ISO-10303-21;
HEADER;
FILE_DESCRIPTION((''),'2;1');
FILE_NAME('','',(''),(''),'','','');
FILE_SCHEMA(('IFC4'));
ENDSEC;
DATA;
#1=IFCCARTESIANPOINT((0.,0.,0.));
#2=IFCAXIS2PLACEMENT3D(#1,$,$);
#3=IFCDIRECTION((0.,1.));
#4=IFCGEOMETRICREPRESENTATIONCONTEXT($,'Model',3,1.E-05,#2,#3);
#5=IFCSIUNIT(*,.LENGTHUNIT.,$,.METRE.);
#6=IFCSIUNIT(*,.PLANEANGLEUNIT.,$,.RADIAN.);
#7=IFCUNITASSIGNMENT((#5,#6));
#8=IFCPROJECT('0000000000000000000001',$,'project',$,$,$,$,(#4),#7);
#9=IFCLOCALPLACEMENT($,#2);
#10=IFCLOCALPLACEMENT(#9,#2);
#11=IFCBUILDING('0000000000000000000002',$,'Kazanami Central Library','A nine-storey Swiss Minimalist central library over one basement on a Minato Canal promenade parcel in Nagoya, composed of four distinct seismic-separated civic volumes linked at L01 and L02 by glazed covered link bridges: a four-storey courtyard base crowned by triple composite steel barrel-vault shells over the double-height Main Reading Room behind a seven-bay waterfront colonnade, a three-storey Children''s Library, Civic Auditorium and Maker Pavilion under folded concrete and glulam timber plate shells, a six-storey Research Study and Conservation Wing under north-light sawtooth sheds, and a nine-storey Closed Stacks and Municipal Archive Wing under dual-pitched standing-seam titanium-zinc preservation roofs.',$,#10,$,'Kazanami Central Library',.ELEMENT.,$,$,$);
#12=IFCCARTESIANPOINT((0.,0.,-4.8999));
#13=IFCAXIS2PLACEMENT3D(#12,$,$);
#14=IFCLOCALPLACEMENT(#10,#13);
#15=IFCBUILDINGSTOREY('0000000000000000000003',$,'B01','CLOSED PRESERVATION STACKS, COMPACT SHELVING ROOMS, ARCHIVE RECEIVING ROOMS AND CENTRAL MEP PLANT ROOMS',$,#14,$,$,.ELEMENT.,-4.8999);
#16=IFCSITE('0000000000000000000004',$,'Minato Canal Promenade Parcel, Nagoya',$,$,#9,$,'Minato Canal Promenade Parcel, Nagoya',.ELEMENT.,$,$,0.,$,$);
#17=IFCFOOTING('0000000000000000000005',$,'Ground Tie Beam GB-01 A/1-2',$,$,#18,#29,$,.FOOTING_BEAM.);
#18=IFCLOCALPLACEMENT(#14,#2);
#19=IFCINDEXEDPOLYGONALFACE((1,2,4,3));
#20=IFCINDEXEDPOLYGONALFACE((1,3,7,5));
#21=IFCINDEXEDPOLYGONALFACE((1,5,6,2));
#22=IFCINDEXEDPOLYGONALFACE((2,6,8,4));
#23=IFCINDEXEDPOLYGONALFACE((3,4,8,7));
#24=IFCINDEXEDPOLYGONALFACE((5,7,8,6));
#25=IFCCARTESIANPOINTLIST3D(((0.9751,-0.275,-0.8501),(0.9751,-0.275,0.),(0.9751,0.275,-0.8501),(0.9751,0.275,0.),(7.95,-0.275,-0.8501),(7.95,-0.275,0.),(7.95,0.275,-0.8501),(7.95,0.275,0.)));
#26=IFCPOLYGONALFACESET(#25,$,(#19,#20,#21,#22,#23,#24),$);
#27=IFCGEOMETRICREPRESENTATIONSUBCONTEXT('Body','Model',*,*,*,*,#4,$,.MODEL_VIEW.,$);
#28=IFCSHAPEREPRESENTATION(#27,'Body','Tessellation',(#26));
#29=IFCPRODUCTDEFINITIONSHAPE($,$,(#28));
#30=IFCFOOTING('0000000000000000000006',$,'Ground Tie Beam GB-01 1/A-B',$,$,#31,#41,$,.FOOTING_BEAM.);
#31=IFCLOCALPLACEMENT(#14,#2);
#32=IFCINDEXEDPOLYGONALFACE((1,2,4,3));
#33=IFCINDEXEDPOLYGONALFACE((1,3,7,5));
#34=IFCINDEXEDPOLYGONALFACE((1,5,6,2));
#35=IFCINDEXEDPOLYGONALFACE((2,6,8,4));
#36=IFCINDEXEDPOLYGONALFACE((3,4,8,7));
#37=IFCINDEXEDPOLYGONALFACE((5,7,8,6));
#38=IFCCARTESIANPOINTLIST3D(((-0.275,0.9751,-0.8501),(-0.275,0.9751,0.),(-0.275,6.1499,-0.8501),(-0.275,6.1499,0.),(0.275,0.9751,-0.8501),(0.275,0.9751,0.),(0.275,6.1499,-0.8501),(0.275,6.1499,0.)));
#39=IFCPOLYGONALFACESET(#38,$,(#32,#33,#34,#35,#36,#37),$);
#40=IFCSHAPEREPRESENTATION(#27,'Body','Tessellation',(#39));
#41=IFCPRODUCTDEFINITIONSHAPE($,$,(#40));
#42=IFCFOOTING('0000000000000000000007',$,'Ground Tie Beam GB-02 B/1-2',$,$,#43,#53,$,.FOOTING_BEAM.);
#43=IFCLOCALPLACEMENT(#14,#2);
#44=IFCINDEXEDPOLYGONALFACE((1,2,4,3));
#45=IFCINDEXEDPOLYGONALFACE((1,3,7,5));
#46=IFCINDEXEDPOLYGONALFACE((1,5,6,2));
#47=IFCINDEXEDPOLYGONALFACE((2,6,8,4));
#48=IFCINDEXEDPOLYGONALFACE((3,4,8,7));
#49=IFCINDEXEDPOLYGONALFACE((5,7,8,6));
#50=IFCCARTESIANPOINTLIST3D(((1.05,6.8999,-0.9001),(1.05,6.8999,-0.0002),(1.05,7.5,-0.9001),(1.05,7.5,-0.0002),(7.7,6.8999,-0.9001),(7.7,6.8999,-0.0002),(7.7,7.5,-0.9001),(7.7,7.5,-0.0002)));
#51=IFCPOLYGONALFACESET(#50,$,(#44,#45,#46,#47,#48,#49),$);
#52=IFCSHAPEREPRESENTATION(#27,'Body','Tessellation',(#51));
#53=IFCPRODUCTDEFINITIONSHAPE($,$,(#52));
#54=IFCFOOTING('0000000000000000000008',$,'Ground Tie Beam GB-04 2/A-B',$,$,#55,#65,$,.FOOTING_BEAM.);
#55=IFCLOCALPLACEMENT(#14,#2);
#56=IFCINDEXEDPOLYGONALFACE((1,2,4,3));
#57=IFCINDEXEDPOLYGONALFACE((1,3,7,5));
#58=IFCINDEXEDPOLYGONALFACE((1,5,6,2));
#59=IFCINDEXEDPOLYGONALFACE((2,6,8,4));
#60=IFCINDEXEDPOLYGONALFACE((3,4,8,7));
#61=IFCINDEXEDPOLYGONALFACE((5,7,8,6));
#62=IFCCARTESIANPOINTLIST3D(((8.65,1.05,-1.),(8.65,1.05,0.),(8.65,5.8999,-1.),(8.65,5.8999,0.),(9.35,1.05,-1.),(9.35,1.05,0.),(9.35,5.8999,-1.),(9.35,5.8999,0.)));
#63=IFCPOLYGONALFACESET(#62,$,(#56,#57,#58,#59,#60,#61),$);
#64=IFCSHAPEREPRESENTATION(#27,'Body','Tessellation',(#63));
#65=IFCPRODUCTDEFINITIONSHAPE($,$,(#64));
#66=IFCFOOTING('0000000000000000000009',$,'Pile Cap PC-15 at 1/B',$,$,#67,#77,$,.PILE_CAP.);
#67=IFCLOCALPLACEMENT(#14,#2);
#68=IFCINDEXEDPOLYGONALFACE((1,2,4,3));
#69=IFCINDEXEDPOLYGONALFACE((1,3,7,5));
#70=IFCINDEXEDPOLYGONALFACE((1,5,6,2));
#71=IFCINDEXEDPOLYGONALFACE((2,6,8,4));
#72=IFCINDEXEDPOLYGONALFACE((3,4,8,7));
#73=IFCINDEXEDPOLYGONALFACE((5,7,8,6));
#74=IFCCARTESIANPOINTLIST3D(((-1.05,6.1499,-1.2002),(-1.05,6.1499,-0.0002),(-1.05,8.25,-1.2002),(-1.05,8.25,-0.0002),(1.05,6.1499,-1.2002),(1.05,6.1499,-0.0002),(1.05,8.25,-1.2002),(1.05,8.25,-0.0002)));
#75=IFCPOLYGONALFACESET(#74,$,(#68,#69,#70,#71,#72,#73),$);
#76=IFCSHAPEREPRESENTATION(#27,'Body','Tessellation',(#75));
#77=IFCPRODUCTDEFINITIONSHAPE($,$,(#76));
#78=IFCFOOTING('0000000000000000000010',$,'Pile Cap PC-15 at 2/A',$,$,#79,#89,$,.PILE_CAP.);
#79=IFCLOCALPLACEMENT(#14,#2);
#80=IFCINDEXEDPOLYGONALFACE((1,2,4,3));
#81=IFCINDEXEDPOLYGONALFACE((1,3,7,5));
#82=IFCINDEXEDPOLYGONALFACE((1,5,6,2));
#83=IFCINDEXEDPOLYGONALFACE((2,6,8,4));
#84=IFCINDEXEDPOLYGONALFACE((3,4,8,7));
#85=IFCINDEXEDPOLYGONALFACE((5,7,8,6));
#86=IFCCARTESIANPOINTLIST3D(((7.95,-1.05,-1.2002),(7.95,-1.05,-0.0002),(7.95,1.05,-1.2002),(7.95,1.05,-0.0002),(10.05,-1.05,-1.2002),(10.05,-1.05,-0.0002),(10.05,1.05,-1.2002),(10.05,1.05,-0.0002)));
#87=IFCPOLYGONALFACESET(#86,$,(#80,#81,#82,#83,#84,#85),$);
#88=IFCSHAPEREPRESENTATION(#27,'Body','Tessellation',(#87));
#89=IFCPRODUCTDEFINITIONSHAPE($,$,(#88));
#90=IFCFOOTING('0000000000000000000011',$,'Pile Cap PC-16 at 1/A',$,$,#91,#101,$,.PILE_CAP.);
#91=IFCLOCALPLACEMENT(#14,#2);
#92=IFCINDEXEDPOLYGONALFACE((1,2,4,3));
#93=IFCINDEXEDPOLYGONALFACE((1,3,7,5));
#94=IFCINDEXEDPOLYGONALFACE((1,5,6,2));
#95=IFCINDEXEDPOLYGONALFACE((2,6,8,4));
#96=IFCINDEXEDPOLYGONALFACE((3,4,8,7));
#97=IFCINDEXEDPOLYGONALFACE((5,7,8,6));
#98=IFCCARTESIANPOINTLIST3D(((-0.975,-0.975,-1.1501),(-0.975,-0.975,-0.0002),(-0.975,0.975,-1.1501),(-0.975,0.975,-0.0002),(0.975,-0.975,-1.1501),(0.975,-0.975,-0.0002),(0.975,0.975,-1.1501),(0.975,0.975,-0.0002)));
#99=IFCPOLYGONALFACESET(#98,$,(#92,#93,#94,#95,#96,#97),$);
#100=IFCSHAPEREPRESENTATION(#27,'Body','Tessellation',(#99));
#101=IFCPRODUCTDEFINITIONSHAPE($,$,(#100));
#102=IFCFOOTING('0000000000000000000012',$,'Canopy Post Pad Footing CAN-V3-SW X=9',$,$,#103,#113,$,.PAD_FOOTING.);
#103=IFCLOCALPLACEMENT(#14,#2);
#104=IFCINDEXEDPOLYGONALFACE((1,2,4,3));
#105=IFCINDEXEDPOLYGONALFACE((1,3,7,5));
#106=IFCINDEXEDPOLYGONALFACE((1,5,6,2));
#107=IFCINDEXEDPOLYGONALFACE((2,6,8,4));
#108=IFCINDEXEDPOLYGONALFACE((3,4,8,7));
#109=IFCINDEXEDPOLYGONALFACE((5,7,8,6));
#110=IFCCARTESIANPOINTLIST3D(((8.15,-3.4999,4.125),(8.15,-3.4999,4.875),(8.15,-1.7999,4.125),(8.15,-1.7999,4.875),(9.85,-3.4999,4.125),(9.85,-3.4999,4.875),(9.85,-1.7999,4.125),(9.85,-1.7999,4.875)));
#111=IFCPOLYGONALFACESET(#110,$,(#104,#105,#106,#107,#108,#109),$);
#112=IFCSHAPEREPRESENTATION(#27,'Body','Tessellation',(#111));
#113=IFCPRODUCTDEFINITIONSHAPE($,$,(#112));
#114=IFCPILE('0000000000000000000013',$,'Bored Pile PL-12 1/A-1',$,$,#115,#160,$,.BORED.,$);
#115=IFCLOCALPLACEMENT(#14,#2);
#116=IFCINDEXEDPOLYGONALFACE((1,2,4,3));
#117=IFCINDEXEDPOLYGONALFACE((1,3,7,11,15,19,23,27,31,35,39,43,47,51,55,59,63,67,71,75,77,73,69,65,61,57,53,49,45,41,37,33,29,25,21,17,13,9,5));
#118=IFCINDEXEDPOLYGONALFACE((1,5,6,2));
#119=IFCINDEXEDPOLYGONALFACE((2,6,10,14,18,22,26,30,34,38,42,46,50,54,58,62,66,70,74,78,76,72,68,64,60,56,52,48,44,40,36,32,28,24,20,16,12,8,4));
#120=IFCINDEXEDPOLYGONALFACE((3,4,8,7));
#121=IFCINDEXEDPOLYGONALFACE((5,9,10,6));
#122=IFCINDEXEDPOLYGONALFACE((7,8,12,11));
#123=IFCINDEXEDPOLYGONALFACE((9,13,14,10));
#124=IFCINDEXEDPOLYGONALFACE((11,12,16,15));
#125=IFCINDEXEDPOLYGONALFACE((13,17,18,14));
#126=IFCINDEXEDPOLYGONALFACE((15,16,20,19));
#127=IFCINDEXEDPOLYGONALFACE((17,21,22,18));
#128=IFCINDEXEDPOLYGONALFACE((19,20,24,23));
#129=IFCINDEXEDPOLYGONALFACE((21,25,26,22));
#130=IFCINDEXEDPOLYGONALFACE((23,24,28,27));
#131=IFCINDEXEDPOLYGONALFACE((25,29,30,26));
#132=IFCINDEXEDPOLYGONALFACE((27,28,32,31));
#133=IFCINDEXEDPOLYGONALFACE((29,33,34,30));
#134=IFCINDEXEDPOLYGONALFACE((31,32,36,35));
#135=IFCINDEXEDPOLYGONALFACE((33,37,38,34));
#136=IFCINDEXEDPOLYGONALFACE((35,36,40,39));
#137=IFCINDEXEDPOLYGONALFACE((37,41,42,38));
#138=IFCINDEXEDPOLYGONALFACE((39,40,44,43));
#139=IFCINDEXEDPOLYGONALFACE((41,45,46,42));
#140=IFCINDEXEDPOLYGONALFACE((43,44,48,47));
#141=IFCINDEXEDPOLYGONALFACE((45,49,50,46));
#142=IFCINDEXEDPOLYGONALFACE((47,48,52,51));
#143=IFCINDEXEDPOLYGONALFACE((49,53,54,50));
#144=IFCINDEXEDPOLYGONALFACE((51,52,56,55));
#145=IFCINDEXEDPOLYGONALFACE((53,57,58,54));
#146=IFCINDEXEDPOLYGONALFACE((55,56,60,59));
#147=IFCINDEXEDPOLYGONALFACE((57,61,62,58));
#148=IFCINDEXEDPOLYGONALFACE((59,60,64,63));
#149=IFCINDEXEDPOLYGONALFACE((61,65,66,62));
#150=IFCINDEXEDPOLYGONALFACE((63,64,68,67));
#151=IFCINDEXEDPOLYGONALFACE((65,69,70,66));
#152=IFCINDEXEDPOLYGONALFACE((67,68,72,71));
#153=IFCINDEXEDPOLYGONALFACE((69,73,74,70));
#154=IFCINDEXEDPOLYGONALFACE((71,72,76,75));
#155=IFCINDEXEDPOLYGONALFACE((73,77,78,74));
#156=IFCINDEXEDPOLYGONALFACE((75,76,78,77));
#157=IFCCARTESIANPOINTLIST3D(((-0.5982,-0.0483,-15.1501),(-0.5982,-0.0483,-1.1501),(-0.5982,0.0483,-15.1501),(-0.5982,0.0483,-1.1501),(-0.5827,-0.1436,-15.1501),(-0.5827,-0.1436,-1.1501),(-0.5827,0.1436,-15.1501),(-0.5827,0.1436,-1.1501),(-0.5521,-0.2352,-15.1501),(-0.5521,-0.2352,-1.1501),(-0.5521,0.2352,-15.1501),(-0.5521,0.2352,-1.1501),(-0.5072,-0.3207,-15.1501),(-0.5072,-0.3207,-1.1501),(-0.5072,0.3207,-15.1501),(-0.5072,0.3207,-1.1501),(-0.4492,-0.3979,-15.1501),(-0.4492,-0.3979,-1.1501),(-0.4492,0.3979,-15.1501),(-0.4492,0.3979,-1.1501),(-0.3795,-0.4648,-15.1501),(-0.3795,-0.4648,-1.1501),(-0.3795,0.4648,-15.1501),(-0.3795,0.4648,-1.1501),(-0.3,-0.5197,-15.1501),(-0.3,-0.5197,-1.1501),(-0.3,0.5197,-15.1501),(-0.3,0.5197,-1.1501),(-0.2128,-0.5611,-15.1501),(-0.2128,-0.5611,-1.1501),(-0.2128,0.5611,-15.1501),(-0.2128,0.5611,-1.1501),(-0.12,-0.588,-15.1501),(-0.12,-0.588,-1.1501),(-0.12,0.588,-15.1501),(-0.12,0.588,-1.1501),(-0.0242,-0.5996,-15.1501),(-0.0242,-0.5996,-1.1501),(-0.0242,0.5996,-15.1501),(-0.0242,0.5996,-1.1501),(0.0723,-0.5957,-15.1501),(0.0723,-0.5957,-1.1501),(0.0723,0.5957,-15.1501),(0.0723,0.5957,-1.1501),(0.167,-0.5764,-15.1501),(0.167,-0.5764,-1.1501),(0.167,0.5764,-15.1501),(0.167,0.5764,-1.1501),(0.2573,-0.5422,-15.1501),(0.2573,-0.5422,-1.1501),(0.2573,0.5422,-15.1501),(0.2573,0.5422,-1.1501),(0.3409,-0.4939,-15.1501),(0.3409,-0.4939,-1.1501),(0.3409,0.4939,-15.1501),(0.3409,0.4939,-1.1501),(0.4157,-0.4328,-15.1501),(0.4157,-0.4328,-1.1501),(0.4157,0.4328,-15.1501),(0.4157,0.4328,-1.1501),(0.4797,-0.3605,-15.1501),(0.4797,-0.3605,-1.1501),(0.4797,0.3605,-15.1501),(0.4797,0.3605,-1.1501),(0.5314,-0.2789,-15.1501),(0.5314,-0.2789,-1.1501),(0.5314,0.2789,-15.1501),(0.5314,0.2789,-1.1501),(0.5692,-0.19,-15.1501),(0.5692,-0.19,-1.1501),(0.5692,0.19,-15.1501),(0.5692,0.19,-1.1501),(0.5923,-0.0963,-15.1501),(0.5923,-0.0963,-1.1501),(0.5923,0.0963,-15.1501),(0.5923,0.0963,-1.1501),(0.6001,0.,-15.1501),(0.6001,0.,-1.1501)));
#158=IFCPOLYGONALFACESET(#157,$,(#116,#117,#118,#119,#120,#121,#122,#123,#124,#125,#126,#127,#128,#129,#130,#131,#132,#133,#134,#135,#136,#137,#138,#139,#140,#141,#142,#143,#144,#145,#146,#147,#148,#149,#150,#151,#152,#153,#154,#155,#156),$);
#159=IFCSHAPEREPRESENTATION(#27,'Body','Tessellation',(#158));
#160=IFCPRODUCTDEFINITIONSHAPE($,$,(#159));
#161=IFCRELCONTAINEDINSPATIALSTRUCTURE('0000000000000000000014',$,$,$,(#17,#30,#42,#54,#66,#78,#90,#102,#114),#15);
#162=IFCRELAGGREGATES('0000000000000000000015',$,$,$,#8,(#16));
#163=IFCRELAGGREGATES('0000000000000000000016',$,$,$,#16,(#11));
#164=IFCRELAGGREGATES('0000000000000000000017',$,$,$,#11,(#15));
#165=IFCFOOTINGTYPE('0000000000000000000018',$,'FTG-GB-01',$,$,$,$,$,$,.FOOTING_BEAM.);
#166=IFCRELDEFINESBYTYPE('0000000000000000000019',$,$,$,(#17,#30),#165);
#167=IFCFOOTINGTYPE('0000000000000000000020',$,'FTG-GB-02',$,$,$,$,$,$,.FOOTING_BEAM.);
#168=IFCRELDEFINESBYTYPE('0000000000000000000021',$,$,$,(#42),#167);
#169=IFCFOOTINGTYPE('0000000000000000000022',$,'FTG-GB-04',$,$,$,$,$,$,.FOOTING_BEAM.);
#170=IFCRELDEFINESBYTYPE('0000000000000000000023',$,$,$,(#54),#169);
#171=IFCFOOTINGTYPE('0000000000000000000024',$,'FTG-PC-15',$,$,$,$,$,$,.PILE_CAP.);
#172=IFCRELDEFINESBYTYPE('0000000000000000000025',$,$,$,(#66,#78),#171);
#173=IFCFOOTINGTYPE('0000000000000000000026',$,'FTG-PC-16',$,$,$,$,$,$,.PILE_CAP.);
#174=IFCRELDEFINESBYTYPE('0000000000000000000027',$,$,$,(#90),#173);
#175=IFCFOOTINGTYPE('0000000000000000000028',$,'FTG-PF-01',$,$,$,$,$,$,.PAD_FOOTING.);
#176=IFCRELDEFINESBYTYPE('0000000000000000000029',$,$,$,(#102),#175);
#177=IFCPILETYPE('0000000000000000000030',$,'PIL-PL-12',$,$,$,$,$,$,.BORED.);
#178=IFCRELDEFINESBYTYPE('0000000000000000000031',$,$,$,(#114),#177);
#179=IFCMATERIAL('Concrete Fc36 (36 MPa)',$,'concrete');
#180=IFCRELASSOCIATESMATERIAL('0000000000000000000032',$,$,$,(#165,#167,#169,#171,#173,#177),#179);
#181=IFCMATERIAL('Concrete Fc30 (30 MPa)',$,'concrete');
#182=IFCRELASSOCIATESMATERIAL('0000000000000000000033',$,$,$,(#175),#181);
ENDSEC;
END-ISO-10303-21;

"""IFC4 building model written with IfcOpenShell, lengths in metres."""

from ifc_helpers import new_model, si_unit, direction, frame, origin, origin_2d, place, context, subcontext, project, spatial, rectangle, circle, extrude, material, material_profile, profile_set, type_object, element, save


model = new_model("IFC4")

# Units and contexts
model_context = context("Model", 3, precision=1e-05, world=origin(), true_north=direction((0.0, 1.0)))
body_context = subcontext(model_context, "Body", "Model", "MODEL_VIEW")
ifc_project = project(units=[si_unit("LENGTHUNIT", "METRE"), si_unit("PLANEANGLEUNIT", "RADIAN")], contexts=[model_context])

# Site, building, storey
site_placement = place(None, origin())
site = spatial("IfcSite", under=ifc_project, at=site_placement, Name="Minato Canal Promenade Parcel, Nagoya", LongName="Minato Canal Promenade Parcel, Nagoya", CompositionType="ELEMENT", RefElevation=0.0)
building_placement = place(site_placement, origin())
building = spatial("IfcBuilding", under=site, at=building_placement, Name="Kazanami Central Library", Description="A nine-storey Swiss Minimalist central library over one basement on a Minato Canal promenade parcel in Nagoya, composed of four distinct seismic-separated civic volumes linked at L01 and L02 by glazed covered link bridges: a four-storey courtyard base crowned by triple composite steel barrel-vault shells over the double-height Main Reading Room behind a seven-bay waterfront colonnade, a three-storey Children's Library, Civic Auditorium and Maker Pavilion under folded concrete and glulam timber plate shells, a six-storey Research Study and Conservation Wing under north-light sawtooth sheds, and a nine-storey Closed Stacks and Municipal Archive Wing under dual-pitched standing-seam titanium-zinc preservation roofs.", LongName="Kazanami Central Library", CompositionType="ELEMENT")
storey_placement = place(building_placement, frame((0.0, 0.0, -4.8999)))
storey = spatial("IfcBuildingStorey", under=building, at=storey_placement, Name="B01", Description="CLOSED PRESERVATION STACKS, COMPACT SHELVING ROOMS, ARCHIVE RECEIVING ROOMS AND CENTRAL MEP PLANT ROOMS", CompositionType="ELEMENT", Elevation=-4.8999)

# Footings
ifc_material_1 = material(Name="Concrete Fc36 (36 MPa)", Category="concrete")
ifc_material_profile_1 = material_profile(ifc_material_1, rectangle(XDim=0.55, YDim=0.8501, at=origin_2d()), Name="RC-550x850")
ifc_profile_set_1 = profile_set([ifc_material_profile_1], Name="Concrete Fc36 (36 MPa)")
footing_type_1 = type_object("IfcFootingType", Name="FTG-GB-01", PredefinedType="FOOTING_BEAM", material=ifc_profile_set_1)
footing_1_placement = place(storey_placement, frame((0.9751, 0.0, -0.425), z_axis=(1.0, 0.0, 0.0), x_axis=(0.0, 1.0, 0.0)))
element("IfcFooting", 1, at=footing_1_placement, inside=storey, type_object=footing_type_1, Name="Ground Tie Beam GB-01 A/1-2", PredefinedType="FOOTING_BEAM", context=body_context, shape_type="SweptSolid", body=[
    extrude(rectangle(XDim=0.55, YDim=0.8501, at=origin_2d()), origin(), (0.0, 0.0, 1.0), 6.9749),
])
footing_2_placement = place(storey_placement, frame((0.0, 0.9751, -0.425), z_axis=(0.0, 1.0, 0.0), x_axis=(-1.0, 0.0, 0.0)))
element("IfcFooting", 2, at=footing_2_placement, inside=storey, type_object=footing_type_1, Name="Ground Tie Beam GB-01 1/A-B", PredefinedType="FOOTING_BEAM", context=body_context, shape_type="SweptSolid", body=[
    extrude(rectangle(XDim=0.55, YDim=0.8501, at=origin_2d()), origin(), (0.0, 0.0, 1.0), 5.1748),
])
ifc_material_profile_2 = material_profile(ifc_material_1, rectangle(XDim=0.6001, YDim=0.8999, at=origin_2d()), Name="RC-600x900")
ifc_profile_set_2 = profile_set([ifc_material_profile_2], Name="Concrete Fc36 (36 MPa)")
footing_type_2 = type_object("IfcFootingType", Name="FTG-GB-02", PredefinedType="FOOTING_BEAM", material=ifc_profile_set_2)
footing_3_placement = place(storey_placement, frame((1.05, 7.2, -0.4502), z_axis=(1.0, 0.0, 0.0), x_axis=(0.0, 1.0, 0.0)))
element("IfcFooting", 3, at=footing_3_placement, inside=storey, type_object=footing_type_2, Name="Ground Tie Beam GB-02 B/1-2", PredefinedType="FOOTING_BEAM", context=body_context, shape_type="SweptSolid", body=[
    extrude(rectangle(XDim=0.6001, YDim=0.8999, at=origin_2d()), origin(), (0.0, 0.0, 1.0), 6.6499),
])
ifc_material_profile_3 = material_profile(ifc_material_1, rectangle(XDim=0.7, YDim=1.0, at=origin_2d()), Name="RC-700x1000")
ifc_profile_set_3 = profile_set([ifc_material_profile_3], Name="Concrete Fc36 (36 MPa)")
footing_type_3 = type_object("IfcFootingType", Name="FTG-GB-04", PredefinedType="FOOTING_BEAM", material=ifc_profile_set_3)
footing_4_placement = place(storey_placement, frame((9.0, 1.05, -0.5), z_axis=(0.0, 1.0, 0.0), x_axis=(-1.0, 0.0, 0.0)))
element("IfcFooting", 4, at=footing_4_placement, inside=storey, type_object=footing_type_3, Name="Ground Tie Beam GB-04 2/A-B", PredefinedType="FOOTING_BEAM", context=body_context, shape_type="SweptSolid", body=[
    extrude(rectangle(XDim=0.7, YDim=1.0, at=origin_2d()), origin(), (0.0, 0.0, 1.0), 4.8499),
])
footing_type_4 = type_object("IfcFootingType", Name="FTG-PC-15", PredefinedType="PILE_CAP", material=ifc_material_1)
for number, where, z_axis, x_axis, name in (
    (5, (0.0, 7.2, -1.2002), (0.0, 0.0, 1.0), (1.0, 0.0, 0.0), "Pile Cap PC-15 at 1/B"),
    (6, (9.0, 0.0, -1.2002), (0.0, 0.0, 1.0), (1.0, 0.0, 0.0), "Pile Cap PC-15 at 2/A"),
):
    element("IfcFooting", number, at=place(storey_placement, frame(where, z_axis=z_axis, x_axis=x_axis)), inside=storey, type_object=footing_type_4, Name=name, PredefinedType="PILE_CAP", context=body_context, shape_type="SweptSolid", body=[
        extrude(rectangle(XDim=2.1001, YDim=2.1001, at=origin_2d()), origin(), (0.0, 0.0, 1.0), 1.2),
    ])
footing_type_5 = type_object("IfcFootingType", Name="FTG-PC-16", PredefinedType="PILE_CAP", material=ifc_material_1)
footing_5_placement = place(storey_placement, frame((0.0, 0.0, -1.1501), z_axis=(0.0, 0.0, 1.0), x_axis=(1.0, 0.0, 0.0)))
element("IfcFooting", 7, at=footing_5_placement, inside=storey, type_object=footing_type_5, Name="Pile Cap PC-16 at 1/A", PredefinedType="PILE_CAP", context=body_context, shape_type="SweptSolid", body=[
    extrude(rectangle(XDim=1.95, YDim=1.95, at=origin_2d()), origin(), (0.0, 0.0, 1.0), 1.1499),
])
ifc_material_2 = material(Name="Concrete Fc30 (30 MPa)", Category="concrete")
footing_type_6 = type_object("IfcFootingType", Name="FTG-PF-01", PredefinedType="PAD_FOOTING", material=ifc_material_2)
footing_6_placement = place(storey_placement, frame((9.0, -2.6499, 4.125), z_axis=(0.0, 0.0, 1.0), x_axis=(1.0, 0.0, 0.0)))
element("IfcFooting", 8, at=footing_6_placement, inside=storey, type_object=footing_type_6, Name="Canopy Post Pad Footing CAN-V3-SW X=9", PredefinedType="PAD_FOOTING", context=body_context, shape_type="SweptSolid", body=[
    extrude(rectangle(XDim=1.7, YDim=1.7, at=origin_2d()), origin(), (0.0, 0.0, 1.0), 0.75),
])

# Pile
ifc_material_profile_4 = material_profile(ifc_material_1, circle(Radius=0.6001, at=origin_2d()), Name="BORED-D1200")
ifc_profile_set_4 = profile_set([ifc_material_profile_4], Name="Concrete Fc36 (36 MPa)")
pile_type = type_object("IfcPileType", Name="PIL-PL-12", PredefinedType="BORED", material=ifc_profile_set_4)
for number, where, z_axis, x_axis, name in (
    (9, (0.0, 0.0, -1.1501), (0.0, 0.0, -1.0), (1.0, 0.0, 0.0), "Bored Pile PL-12 1/A-1"),
):
    element("IfcPile", number, at=place(storey_placement, frame(where, z_axis=z_axis, x_axis=x_axis)), inside=storey, type_object=pile_type, Name=name, PredefinedType="BORED", context=body_context, shape_type="SweptSolid", body=[
        extrude(circle(Radius=0.6001, at=origin_2d()), origin(), (0.0, 0.0, 1.0), 14.0),
    ])

save(model, "model.ifc")
